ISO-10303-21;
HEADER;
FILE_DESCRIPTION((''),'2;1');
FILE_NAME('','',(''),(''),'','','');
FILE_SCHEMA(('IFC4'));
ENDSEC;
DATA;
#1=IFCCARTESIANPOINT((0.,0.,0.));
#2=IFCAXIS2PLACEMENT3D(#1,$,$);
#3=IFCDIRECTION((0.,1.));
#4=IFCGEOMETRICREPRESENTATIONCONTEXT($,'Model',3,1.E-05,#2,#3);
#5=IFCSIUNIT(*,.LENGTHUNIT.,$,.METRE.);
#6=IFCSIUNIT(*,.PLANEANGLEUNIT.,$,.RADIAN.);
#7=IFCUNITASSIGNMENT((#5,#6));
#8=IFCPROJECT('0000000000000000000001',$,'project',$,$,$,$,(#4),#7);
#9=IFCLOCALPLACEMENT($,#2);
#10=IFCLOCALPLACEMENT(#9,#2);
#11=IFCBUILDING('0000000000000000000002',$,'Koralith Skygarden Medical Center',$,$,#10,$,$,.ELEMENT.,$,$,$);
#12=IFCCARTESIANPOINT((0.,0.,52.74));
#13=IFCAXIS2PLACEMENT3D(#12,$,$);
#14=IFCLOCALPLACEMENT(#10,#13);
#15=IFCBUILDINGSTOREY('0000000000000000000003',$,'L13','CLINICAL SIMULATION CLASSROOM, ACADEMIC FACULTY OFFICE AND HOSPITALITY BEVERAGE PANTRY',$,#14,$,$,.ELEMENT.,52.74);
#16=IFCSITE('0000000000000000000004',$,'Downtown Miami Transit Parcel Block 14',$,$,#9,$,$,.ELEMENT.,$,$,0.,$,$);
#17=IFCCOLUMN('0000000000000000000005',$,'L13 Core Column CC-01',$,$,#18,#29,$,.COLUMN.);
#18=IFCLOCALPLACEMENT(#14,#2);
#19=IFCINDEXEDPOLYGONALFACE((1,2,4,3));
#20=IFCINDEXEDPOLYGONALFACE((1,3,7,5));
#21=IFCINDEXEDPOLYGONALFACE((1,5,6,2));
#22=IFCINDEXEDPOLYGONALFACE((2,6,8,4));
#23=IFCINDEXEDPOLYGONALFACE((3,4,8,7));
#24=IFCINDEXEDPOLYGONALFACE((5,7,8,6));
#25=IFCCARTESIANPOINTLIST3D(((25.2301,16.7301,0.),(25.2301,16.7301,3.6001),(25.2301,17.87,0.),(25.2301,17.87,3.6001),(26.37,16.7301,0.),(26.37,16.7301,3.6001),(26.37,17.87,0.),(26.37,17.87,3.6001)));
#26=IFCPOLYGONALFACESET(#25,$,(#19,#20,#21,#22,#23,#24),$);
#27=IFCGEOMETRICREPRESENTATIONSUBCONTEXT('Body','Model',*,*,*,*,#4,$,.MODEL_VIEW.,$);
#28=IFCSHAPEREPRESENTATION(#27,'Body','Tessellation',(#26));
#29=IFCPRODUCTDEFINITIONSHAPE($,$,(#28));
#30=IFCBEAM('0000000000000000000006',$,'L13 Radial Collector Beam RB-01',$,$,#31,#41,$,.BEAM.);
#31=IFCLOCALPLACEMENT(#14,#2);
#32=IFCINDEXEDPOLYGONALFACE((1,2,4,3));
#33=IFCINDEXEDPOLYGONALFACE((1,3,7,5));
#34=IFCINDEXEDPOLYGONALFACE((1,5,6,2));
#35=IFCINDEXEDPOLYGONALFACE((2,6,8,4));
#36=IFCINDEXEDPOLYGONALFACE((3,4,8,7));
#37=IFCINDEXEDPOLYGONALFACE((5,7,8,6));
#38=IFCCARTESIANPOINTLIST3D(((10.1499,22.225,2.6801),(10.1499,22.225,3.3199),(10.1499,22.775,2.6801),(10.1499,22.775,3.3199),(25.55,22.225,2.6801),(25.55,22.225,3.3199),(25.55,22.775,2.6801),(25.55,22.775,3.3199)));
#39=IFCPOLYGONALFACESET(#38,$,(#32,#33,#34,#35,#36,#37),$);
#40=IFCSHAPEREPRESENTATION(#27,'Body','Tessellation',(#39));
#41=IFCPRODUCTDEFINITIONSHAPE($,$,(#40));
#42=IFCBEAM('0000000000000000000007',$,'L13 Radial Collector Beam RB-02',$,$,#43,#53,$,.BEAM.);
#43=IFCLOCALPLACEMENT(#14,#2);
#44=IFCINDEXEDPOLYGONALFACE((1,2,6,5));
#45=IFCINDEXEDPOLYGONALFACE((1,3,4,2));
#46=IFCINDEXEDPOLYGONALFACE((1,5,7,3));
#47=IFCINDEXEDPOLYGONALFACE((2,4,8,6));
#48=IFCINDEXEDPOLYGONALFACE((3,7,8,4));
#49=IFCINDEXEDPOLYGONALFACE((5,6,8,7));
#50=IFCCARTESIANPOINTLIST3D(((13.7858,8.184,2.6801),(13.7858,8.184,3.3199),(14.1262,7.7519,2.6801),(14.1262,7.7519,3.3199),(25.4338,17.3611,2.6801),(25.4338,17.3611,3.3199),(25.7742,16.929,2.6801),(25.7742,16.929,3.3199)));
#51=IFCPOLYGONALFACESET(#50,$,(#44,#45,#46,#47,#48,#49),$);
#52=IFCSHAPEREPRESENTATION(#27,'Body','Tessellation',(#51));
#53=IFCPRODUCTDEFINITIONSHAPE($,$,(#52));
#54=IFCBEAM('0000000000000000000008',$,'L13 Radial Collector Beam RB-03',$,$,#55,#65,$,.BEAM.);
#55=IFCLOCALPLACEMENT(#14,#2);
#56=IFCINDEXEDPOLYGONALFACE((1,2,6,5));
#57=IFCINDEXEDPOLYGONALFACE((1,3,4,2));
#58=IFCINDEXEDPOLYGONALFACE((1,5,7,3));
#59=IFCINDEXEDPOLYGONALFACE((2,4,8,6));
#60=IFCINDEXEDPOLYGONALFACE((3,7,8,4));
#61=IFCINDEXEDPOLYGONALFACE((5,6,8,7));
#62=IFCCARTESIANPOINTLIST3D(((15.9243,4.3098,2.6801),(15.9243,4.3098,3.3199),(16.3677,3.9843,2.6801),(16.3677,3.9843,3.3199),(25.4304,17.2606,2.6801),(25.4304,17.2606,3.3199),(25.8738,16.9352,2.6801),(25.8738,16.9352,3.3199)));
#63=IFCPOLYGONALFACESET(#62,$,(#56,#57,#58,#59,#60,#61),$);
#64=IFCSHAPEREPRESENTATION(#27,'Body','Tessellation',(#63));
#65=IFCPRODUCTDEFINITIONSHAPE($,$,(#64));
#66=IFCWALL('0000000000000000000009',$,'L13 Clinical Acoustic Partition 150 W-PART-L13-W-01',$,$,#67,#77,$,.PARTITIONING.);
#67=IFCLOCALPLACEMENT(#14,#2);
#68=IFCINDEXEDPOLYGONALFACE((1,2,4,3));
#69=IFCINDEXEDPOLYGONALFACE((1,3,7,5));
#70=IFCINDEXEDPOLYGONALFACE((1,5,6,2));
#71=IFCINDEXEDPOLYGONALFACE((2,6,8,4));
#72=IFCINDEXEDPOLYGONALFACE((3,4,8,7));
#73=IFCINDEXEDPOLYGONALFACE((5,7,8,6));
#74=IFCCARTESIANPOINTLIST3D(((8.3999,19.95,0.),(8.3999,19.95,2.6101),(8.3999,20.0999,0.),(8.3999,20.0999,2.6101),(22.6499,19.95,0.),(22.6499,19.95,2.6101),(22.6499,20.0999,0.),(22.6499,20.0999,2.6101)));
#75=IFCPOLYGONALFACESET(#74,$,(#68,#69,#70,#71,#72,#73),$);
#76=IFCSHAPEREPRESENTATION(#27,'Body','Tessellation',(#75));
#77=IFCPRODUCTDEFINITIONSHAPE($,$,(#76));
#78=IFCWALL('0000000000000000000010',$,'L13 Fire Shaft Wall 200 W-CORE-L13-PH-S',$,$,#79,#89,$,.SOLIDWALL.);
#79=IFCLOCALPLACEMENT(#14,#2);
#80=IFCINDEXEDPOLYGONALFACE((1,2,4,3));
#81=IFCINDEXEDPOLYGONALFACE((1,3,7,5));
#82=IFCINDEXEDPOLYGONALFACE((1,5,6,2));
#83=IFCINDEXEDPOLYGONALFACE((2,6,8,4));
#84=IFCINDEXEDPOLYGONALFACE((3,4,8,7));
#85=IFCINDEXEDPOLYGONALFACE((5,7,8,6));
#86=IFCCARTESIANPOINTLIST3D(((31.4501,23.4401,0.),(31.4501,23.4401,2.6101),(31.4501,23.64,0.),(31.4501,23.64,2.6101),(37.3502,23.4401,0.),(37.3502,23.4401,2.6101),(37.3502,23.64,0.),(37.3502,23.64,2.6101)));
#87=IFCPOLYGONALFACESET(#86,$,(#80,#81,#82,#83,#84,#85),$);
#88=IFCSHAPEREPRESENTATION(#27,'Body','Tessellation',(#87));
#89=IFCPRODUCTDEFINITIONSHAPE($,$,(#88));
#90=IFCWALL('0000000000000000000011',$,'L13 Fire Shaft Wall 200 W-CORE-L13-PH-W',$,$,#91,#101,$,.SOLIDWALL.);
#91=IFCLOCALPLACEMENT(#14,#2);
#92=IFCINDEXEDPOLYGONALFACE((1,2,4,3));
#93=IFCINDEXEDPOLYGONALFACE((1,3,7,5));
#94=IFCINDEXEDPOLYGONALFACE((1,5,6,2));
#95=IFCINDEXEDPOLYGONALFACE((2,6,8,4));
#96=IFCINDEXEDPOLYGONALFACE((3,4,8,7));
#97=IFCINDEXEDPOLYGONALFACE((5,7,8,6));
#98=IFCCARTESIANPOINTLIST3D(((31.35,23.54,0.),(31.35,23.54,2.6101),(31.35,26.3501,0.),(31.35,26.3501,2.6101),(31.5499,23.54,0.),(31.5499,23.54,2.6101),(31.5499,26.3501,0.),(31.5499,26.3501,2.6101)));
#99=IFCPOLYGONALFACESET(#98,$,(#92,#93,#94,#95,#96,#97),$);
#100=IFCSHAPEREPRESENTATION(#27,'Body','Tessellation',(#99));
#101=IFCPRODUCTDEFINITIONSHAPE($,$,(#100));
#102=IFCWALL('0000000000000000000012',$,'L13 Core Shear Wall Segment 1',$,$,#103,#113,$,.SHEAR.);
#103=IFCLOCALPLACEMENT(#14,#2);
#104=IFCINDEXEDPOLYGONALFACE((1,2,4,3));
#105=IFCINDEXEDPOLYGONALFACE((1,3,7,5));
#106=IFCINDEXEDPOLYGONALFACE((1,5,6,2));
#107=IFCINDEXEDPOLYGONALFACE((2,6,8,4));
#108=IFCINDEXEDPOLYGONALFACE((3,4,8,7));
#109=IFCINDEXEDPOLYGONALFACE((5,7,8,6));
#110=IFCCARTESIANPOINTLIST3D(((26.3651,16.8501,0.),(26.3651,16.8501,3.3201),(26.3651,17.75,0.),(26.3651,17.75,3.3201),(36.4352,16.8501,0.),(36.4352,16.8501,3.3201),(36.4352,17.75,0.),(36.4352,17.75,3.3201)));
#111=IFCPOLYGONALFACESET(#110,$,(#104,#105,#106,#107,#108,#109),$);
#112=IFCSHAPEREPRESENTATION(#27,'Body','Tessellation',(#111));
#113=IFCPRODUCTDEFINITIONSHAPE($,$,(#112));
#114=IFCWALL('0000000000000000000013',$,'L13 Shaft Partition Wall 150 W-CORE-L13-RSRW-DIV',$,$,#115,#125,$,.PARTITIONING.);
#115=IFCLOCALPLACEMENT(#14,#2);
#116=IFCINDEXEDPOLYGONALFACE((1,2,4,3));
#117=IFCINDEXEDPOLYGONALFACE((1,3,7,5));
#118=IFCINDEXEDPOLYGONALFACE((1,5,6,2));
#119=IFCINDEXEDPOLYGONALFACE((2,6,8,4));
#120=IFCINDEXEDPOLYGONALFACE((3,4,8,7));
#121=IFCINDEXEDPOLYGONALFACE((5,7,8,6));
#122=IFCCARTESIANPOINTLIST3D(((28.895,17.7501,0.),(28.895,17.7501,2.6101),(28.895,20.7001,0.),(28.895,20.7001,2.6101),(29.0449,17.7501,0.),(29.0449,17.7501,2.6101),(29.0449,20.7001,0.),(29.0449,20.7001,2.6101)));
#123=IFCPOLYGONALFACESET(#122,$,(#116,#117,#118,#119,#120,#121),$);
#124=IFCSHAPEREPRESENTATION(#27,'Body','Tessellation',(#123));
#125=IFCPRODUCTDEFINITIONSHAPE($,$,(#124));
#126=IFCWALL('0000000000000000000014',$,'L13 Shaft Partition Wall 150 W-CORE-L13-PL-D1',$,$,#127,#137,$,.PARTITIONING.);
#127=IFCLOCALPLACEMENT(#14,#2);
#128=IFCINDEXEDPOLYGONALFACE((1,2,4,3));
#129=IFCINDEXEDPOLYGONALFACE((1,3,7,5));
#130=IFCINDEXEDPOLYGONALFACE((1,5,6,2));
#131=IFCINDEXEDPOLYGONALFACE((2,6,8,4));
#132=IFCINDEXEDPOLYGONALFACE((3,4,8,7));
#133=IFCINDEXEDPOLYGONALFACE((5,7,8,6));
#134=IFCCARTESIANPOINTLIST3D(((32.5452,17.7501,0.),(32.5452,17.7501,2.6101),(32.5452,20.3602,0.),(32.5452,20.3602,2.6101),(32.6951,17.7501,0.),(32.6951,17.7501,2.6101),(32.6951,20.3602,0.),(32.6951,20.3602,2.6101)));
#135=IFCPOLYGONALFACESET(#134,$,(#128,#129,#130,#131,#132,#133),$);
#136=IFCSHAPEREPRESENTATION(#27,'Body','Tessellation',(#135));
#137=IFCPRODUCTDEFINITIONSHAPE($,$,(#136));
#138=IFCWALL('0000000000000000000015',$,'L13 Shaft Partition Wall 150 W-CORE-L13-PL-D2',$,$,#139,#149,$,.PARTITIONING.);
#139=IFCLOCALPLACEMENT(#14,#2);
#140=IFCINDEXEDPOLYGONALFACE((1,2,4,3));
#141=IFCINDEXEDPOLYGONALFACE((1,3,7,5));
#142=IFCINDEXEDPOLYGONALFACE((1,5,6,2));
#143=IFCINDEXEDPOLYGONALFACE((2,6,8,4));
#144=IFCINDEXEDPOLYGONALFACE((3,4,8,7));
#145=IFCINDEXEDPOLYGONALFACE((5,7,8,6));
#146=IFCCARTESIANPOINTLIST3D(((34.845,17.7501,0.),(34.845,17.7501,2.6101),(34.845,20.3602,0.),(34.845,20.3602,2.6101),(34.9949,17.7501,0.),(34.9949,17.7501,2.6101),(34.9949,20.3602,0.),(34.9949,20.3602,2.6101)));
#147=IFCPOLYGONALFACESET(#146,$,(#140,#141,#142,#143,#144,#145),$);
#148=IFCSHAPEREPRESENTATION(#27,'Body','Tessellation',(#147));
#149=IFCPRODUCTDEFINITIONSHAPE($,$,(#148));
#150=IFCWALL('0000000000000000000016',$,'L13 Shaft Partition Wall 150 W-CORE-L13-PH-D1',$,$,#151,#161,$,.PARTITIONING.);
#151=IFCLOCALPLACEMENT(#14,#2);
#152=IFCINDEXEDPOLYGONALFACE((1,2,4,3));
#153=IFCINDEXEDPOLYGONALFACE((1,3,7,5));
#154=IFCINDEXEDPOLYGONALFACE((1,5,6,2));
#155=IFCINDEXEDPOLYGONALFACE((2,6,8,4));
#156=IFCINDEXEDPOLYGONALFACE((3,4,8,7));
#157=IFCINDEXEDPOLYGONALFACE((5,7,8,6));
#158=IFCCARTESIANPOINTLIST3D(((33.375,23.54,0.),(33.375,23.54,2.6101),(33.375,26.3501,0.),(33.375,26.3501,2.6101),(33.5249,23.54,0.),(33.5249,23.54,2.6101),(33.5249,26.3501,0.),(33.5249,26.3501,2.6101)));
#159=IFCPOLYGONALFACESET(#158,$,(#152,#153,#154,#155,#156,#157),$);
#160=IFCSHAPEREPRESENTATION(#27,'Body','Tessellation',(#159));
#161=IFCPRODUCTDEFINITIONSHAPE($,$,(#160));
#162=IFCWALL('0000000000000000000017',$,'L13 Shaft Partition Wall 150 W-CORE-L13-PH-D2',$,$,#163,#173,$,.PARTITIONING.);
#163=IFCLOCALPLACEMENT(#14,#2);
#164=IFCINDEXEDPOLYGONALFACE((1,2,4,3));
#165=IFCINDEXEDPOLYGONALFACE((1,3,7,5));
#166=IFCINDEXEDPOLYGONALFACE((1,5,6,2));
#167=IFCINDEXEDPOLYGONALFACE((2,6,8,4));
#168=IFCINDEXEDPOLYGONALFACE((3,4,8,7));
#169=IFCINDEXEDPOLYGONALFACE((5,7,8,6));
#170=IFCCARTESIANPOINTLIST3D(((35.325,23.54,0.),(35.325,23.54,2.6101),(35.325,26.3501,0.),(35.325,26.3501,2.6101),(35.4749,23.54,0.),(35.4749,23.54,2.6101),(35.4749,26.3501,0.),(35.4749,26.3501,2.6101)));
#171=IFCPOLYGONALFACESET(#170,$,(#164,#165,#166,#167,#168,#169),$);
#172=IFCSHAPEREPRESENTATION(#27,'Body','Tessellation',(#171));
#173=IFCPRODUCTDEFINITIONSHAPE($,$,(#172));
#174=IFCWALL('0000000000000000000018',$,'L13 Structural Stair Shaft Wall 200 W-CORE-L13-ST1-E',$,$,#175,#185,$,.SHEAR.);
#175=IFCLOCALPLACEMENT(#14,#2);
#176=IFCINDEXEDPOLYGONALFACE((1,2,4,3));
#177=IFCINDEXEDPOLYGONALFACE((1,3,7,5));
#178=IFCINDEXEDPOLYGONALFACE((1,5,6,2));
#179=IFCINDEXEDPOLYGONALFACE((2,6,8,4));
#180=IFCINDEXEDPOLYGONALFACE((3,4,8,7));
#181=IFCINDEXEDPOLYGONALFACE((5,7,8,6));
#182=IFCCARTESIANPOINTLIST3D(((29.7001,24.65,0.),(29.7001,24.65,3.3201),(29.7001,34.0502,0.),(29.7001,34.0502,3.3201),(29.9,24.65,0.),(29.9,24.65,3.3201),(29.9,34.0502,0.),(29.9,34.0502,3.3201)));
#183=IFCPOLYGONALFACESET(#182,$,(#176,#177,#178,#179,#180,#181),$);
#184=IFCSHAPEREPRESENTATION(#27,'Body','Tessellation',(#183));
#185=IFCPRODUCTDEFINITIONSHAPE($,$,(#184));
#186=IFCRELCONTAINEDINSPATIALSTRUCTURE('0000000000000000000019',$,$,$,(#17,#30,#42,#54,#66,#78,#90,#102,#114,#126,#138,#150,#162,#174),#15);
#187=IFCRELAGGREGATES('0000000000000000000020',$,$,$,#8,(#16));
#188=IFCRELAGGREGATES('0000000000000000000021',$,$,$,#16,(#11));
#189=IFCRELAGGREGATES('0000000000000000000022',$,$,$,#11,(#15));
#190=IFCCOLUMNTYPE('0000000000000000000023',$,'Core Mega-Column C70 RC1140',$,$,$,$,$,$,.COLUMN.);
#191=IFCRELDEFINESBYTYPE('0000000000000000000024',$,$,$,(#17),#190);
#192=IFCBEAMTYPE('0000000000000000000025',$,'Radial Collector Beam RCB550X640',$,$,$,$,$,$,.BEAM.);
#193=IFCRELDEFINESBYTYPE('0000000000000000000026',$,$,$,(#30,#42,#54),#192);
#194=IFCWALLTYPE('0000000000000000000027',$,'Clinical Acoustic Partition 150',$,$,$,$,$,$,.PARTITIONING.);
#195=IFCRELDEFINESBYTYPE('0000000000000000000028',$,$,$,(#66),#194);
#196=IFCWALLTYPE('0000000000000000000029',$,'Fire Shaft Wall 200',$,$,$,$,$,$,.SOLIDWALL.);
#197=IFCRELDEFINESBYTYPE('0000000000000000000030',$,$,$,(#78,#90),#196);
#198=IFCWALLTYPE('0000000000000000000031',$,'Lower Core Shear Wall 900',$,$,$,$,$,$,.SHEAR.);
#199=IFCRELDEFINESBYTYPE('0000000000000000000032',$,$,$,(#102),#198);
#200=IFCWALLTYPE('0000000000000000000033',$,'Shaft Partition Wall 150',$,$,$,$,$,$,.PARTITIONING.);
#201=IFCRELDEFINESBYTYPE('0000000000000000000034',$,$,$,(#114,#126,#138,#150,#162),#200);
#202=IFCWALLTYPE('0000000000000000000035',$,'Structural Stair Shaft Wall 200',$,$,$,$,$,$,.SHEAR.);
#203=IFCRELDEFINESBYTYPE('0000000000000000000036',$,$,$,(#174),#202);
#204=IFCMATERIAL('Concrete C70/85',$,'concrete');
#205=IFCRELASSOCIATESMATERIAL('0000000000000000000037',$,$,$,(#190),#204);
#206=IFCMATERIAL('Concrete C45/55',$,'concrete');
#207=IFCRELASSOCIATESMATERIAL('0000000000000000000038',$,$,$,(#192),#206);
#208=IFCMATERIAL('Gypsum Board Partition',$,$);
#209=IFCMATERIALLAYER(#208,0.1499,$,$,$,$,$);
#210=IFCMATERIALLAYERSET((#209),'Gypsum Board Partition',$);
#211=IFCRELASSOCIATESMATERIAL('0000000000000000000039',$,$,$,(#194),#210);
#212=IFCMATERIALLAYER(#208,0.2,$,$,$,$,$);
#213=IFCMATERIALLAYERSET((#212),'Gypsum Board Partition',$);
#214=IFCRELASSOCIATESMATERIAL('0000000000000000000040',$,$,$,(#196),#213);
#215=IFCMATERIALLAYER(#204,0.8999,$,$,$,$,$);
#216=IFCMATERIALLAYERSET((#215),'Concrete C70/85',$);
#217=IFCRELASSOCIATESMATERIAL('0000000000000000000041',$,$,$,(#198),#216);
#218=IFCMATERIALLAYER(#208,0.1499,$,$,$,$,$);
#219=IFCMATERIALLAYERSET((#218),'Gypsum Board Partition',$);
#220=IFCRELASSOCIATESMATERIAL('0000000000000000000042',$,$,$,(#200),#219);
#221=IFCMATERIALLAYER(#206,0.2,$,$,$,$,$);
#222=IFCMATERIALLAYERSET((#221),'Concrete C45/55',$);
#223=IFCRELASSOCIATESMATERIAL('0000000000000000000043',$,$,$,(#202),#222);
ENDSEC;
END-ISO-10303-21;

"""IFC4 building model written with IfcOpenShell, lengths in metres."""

from ifc_helpers import new_model, si_unit, direction, frame, frame_2d, origin, origin_2d, place, context, subcontext, project, spatial, rectangle, extrude, material, layer, layer_set, material_profile, profile_set, type_object, element, save


model = new_model("IFC4")

# Units and contexts
model_context = context("Model", 3, precision=1e-05, world=origin(), true_north=direction((0.0, 1.0)))
body_context = subcontext(model_context, "Body", "Model", "MODEL_VIEW")
ifc_project = project(units=[si_unit("LENGTHUNIT", "METRE"), si_unit("PLANEANGLEUNIT", "RADIAN")], contexts=[model_context])

# Site, building, storey
site_placement = place(None, origin())
site = spatial("IfcSite", under=ifc_project, at=site_placement, Name="Downtown Miami Transit Parcel Block 14", CompositionType="ELEMENT", RefElevation=0.0)
building_placement = place(site_placement, origin())
building = spatial("IfcBuilding", under=site, at=building_placement, Name="Koralith Skygarden Medical Center", CompositionType="ELEMENT")
storey_placement = place(building_placement, frame((0.0, 0.0, 52.74)))
storey = spatial("IfcBuildingStorey", under=building, at=storey_placement, Name="L13", Description="CLINICAL SIMULATION CLASSROOM, ACADEMIC FACULTY OFFICE AND HOSPITALITY BEVERAGE PANTRY", CompositionType="ELEMENT", Elevation=52.74)

# Column
ifc_material_1 = material(Name="Concrete C70/85", Category="concrete")
ifc_material_profile_1 = material_profile(ifc_material_1, rectangle(XDim=1.1399, YDim=1.1399, at=origin_2d()), Name="RC1140X1140")
ifc_profile_set_1 = profile_set([ifc_material_profile_1], Name="Concrete C70/85")
column_type = type_object("IfcColumnType", Name="Core Mega-Column C70 RC1140", PredefinedType="COLUMN", material=ifc_profile_set_1)
column_placement = place(storey_placement, frame((25.8, 17.3, 0.0), z_axis=(0.0, 0.0, 1.0), x_axis=(1.0, 0.0, 0.0)))
element("IfcColumn", 1, at=column_placement, inside=storey, type_object=column_type, Name="L13 Core Column CC-01", PredefinedType="COLUMN", context=body_context, shape_type="SweptSolid", body=[
    extrude(rectangle(XDim=1.1399, YDim=1.1399, at=origin_2d()), origin(), (0.0, 0.0, 1.0), 3.6001),
])

# Beams
ifc_material_2 = material(Name="Concrete C45/55", Category="concrete")
ifc_material_profile_2 = material_profile(ifc_material_2, rectangle(XDim=0.55, YDim=0.6399, at=origin_2d()), Name="RCB550X640")
ifc_profile_set_2 = profile_set([ifc_material_profile_2], Name="Concrete C45/55")
beam_type = type_object("IfcBeamType", Name="Radial Collector Beam RCB550X640", PredefinedType="BEAM", material=ifc_profile_set_2)
beam_1_placement = place(storey_placement, frame((25.55, 22.5, 3.0), z_axis=(-1.0, 0.0, 0.0), x_axis=(0.0, -1.0, 0.0)))
element("IfcBeam", 2, at=beam_1_placement, inside=storey, type_object=beam_type, Name="L13 Radial Collector Beam RB-01", PredefinedType="BEAM", context=body_context, shape_type="SweptSolid", body=[
    extrude(rectangle(XDim=0.55, YDim=0.6399, at=origin_2d()), origin(), (0.0, 0.0, 1.0), 15.4001),
])
beam_2_placement = place(storey_placement, frame((25.604, 17.145, 3.0), z_axis=(-0.785497, -0.618865, 0.0), x_axis=(0.618865, -0.785497, 0.0)))
element("IfcBeam", 3, at=beam_2_placement, inside=storey, type_object=beam_type, Name="L13 Radial Collector Beam RB-02", PredefinedType="BEAM", context=body_context, shape_type="SweptSolid", body=[
    extrude(rectangle(XDim=0.55, YDim=0.6399, at=origin_2d()), origin(), (0.0, 0.0, 1.0), 14.8289),
])
beam_3_placement = place(storey_placement, frame((25.6521, 17.0979, 3.0), z_axis=(-0.591718, -0.806145, 0.0), x_axis=(0.806145, -0.591718, 0.0)))
element("IfcBeam", 4, at=beam_3_placement, inside=storey, type_object=beam_type, Name="L13 Radial Collector Beam RB-03", PredefinedType="BEAM", context=body_context, shape_type="SweptSolid", body=[
    extrude(rectangle(XDim=0.55, YDim=0.6399, at=origin_2d()), origin(), (0.0, 0.0, 1.0), 16.0652),
])

# Wall
ifc_material_3 = material(Name="Gypsum Board Partition")
ifc_layer_1 = layer(ifc_material_3, 0.1499)
ifc_layer_set_1 = layer_set([ifc_layer_1], Name="Gypsum Board Partition")
wall_type_1 = type_object("IfcWallType", Name="Clinical Acoustic Partition 150", PredefinedType="PARTITIONING", material=ifc_layer_set_1)
wall_1_placement = place(storey_placement, frame((22.6499, 20.0249, 0.0), z_axis=(0.0, 0.0, 1.0), x_axis=(-1.0, 0.0, 0.0)))
element("IfcWall", 5, at=wall_1_placement, inside=storey, type_object=wall_type_1, Name="L13 Clinical Acoustic Partition 150 W-PART-L13-W-01", PredefinedType="PARTITIONING", context=body_context, shape_type="SweptSolid", body=[
    extrude(rectangle(XDim=14.25, YDim=0.1499, at=frame_2d((7.125, 0.0))), origin(), (0.0, 0.0, 1.0), 2.6101),
])

# Shared definitions
ifc_layer_2 = layer(ifc_material_3, 0.2)
ifc_layer_set_2 = layer_set([ifc_layer_2], Name="Gypsum Board Partition")
wall_type_2 = type_object("IfcWallType", Name="Fire Shaft Wall 200", PredefinedType="SOLIDWALL", material=ifc_layer_set_2)

# Walls
wall_2_placement = place(storey_placement, frame((31.45, 23.54, 0.0), z_axis=(0.0, 0.0, 1.0), x_axis=(1.0, 0.0, 0.0)))
element("IfcWall", 6, at=wall_2_placement, inside=storey, type_object=wall_type_2, Name="L13 Fire Shaft Wall 200 W-CORE-L13-PH-S", PredefinedType="SOLIDWALL", context=body_context, shape_type="SweptSolid", body=[
    extrude(rectangle(XDim=5.9001, YDim=0.2, at=frame_2d((2.9502, 0.0))), origin(), (0.0, 0.0, 1.0), 2.6101),
])
wall_3_placement = place(storey_placement, frame((31.45, 23.54, 0.0), z_axis=(0.0, 0.0, 1.0), x_axis=(0.0, 1.0, 0.0)))
element("IfcWall", 7, at=wall_3_placement, inside=storey, type_object=wall_type_2, Name="L13 Fire Shaft Wall 200 W-CORE-L13-PH-W", PredefinedType="SOLIDWALL", context=body_context, shape_type="SweptSolid", body=[
    extrude(rectangle(XDim=2.8101, YDim=0.2, at=frame_2d((1.405, 0.0))), origin(), (0.0, 0.0, 1.0), 2.6101),
])
ifc_layer_3 = layer(ifc_material_1, 0.8999)
ifc_layer_set_3 = layer_set([ifc_layer_3], Name="Concrete C70/85")
wall_type_3 = type_object("IfcWallType", Name="Lower Core Shear Wall 900", PredefinedType="SHEAR", material=ifc_layer_set_3)
wall_4_placement = place(storey_placement, frame((26.365, 17.3, 0.0), z_axis=(0.0, 0.0, 1.0), x_axis=(1.0, 0.0, 0.0)))
element("IfcWall", 8, at=wall_4_placement, inside=storey, type_object=wall_type_3, Name="L13 Core Shear Wall Segment 1", PredefinedType="SHEAR", context=body_context, shape_type="SweptSolid", body=[
    extrude(rectangle(XDim=10.0701, YDim=0.8999, at=frame_2d((5.0352, 0.0))), origin(), (0.0, 0.0, 1.0), 3.3201),
])

# Walls
ifc_layer_4 = layer(ifc_material_3, 0.1499)
ifc_layer_set_4 = layer_set([ifc_layer_4], Name="Gypsum Board Partition")
wall_type_4 = type_object("IfcWallType", Name="Shaft Partition Wall 150", PredefinedType="PARTITIONING", material=ifc_layer_set_4)
wall_5_placement = place(storey_placement, frame((28.97, 17.75, 0.0), z_axis=(0.0, 0.0, 1.0), x_axis=(0.0, 1.0, 0.0)))
element("IfcWall", 9, at=wall_5_placement, inside=storey, type_object=wall_type_4, Name="L13 Shaft Partition Wall 150 W-CORE-L13-RSRW-DIV", PredefinedType="PARTITIONING", context=body_context, shape_type="SweptSolid", body=[
    extrude(rectangle(XDim=2.95, YDim=0.1499, at=frame_2d((1.4751, 0.0))), origin(), (0.0, 0.0, 1.0), 2.6101),
])
for number, where, z_axis, x_axis, name in (
    (10, (32.6201, 17.75, 0.0), (0.0, 0.0, 1.0), (0.0, 1.0, 0.0), "L13 Shaft Partition Wall 150 W-CORE-L13-PL-D1"),
    (11, (34.9199, 17.75, 0.0), (0.0, 0.0, 1.0), (0.0, 1.0, 0.0), "L13 Shaft Partition Wall 150 W-CORE-L13-PL-D2"),
):
    element("IfcWall", number, at=place(storey_placement, frame(where, z_axis=z_axis, x_axis=x_axis)), inside=storey, type_object=wall_type_4, Name=name, PredefinedType="PARTITIONING", context=body_context, shape_type="SweptSolid", body=[
        extrude(rectangle(XDim=2.6101, YDim=0.1499, at=frame_2d((1.3052, 0.0))), origin(), (0.0, 0.0, 1.0), 2.6101),
    ])
for number, where, z_axis, x_axis, name in (
    (12, (33.45, 23.54, 0.0), (0.0, 0.0, 1.0), (0.0, 1.0, 0.0), "L13 Shaft Partition Wall 150 W-CORE-L13-PH-D1"),
    (13, (35.3999, 23.54, 0.0), (0.0, 0.0, 1.0), (0.0, 1.0, 0.0), "L13 Shaft Partition Wall 150 W-CORE-L13-PH-D2"),
):
    element("IfcWall", number, at=place(storey_placement, frame(where, z_axis=z_axis, x_axis=x_axis)), inside=storey, type_object=wall_type_4, Name=name, PredefinedType="PARTITIONING", context=body_context, shape_type="SweptSolid", body=[
        extrude(rectangle(XDim=2.8101, YDim=0.1499, at=frame_2d((1.405, 0.0))), origin(), (0.0, 0.0, 1.0), 2.6101),
    ])
ifc_layer_5 = layer(ifc_material_2, 0.2)
ifc_layer_set_5 = layer_set([ifc_layer_5], Name="Concrete C45/55")
wall_type_5 = type_object("IfcWallType", Name="Structural Stair Shaft Wall 200", PredefinedType="SHEAR", material=ifc_layer_set_5)
wall_6_placement = place(storey_placement, frame((29.8, 24.6499, 0.0), z_axis=(0.0, 0.0, 1.0), x_axis=(0.0, 1.0, 0.0)))
element("IfcWall", 14, at=wall_6_placement, inside=storey, type_object=wall_type_5, Name="L13 Structural Stair Shaft Wall 200 W-CORE-L13-ST1-E", PredefinedType="SHEAR", context=body_context, shape_type="SweptSolid", body=[
    extrude(rectangle(XDim=9.4001, YDim=0.2, at=frame_2d((4.7002, 0.0))), origin(), (0.0, 0.0, 1.0), 3.3201),
])

save(model, "model.ifc")
